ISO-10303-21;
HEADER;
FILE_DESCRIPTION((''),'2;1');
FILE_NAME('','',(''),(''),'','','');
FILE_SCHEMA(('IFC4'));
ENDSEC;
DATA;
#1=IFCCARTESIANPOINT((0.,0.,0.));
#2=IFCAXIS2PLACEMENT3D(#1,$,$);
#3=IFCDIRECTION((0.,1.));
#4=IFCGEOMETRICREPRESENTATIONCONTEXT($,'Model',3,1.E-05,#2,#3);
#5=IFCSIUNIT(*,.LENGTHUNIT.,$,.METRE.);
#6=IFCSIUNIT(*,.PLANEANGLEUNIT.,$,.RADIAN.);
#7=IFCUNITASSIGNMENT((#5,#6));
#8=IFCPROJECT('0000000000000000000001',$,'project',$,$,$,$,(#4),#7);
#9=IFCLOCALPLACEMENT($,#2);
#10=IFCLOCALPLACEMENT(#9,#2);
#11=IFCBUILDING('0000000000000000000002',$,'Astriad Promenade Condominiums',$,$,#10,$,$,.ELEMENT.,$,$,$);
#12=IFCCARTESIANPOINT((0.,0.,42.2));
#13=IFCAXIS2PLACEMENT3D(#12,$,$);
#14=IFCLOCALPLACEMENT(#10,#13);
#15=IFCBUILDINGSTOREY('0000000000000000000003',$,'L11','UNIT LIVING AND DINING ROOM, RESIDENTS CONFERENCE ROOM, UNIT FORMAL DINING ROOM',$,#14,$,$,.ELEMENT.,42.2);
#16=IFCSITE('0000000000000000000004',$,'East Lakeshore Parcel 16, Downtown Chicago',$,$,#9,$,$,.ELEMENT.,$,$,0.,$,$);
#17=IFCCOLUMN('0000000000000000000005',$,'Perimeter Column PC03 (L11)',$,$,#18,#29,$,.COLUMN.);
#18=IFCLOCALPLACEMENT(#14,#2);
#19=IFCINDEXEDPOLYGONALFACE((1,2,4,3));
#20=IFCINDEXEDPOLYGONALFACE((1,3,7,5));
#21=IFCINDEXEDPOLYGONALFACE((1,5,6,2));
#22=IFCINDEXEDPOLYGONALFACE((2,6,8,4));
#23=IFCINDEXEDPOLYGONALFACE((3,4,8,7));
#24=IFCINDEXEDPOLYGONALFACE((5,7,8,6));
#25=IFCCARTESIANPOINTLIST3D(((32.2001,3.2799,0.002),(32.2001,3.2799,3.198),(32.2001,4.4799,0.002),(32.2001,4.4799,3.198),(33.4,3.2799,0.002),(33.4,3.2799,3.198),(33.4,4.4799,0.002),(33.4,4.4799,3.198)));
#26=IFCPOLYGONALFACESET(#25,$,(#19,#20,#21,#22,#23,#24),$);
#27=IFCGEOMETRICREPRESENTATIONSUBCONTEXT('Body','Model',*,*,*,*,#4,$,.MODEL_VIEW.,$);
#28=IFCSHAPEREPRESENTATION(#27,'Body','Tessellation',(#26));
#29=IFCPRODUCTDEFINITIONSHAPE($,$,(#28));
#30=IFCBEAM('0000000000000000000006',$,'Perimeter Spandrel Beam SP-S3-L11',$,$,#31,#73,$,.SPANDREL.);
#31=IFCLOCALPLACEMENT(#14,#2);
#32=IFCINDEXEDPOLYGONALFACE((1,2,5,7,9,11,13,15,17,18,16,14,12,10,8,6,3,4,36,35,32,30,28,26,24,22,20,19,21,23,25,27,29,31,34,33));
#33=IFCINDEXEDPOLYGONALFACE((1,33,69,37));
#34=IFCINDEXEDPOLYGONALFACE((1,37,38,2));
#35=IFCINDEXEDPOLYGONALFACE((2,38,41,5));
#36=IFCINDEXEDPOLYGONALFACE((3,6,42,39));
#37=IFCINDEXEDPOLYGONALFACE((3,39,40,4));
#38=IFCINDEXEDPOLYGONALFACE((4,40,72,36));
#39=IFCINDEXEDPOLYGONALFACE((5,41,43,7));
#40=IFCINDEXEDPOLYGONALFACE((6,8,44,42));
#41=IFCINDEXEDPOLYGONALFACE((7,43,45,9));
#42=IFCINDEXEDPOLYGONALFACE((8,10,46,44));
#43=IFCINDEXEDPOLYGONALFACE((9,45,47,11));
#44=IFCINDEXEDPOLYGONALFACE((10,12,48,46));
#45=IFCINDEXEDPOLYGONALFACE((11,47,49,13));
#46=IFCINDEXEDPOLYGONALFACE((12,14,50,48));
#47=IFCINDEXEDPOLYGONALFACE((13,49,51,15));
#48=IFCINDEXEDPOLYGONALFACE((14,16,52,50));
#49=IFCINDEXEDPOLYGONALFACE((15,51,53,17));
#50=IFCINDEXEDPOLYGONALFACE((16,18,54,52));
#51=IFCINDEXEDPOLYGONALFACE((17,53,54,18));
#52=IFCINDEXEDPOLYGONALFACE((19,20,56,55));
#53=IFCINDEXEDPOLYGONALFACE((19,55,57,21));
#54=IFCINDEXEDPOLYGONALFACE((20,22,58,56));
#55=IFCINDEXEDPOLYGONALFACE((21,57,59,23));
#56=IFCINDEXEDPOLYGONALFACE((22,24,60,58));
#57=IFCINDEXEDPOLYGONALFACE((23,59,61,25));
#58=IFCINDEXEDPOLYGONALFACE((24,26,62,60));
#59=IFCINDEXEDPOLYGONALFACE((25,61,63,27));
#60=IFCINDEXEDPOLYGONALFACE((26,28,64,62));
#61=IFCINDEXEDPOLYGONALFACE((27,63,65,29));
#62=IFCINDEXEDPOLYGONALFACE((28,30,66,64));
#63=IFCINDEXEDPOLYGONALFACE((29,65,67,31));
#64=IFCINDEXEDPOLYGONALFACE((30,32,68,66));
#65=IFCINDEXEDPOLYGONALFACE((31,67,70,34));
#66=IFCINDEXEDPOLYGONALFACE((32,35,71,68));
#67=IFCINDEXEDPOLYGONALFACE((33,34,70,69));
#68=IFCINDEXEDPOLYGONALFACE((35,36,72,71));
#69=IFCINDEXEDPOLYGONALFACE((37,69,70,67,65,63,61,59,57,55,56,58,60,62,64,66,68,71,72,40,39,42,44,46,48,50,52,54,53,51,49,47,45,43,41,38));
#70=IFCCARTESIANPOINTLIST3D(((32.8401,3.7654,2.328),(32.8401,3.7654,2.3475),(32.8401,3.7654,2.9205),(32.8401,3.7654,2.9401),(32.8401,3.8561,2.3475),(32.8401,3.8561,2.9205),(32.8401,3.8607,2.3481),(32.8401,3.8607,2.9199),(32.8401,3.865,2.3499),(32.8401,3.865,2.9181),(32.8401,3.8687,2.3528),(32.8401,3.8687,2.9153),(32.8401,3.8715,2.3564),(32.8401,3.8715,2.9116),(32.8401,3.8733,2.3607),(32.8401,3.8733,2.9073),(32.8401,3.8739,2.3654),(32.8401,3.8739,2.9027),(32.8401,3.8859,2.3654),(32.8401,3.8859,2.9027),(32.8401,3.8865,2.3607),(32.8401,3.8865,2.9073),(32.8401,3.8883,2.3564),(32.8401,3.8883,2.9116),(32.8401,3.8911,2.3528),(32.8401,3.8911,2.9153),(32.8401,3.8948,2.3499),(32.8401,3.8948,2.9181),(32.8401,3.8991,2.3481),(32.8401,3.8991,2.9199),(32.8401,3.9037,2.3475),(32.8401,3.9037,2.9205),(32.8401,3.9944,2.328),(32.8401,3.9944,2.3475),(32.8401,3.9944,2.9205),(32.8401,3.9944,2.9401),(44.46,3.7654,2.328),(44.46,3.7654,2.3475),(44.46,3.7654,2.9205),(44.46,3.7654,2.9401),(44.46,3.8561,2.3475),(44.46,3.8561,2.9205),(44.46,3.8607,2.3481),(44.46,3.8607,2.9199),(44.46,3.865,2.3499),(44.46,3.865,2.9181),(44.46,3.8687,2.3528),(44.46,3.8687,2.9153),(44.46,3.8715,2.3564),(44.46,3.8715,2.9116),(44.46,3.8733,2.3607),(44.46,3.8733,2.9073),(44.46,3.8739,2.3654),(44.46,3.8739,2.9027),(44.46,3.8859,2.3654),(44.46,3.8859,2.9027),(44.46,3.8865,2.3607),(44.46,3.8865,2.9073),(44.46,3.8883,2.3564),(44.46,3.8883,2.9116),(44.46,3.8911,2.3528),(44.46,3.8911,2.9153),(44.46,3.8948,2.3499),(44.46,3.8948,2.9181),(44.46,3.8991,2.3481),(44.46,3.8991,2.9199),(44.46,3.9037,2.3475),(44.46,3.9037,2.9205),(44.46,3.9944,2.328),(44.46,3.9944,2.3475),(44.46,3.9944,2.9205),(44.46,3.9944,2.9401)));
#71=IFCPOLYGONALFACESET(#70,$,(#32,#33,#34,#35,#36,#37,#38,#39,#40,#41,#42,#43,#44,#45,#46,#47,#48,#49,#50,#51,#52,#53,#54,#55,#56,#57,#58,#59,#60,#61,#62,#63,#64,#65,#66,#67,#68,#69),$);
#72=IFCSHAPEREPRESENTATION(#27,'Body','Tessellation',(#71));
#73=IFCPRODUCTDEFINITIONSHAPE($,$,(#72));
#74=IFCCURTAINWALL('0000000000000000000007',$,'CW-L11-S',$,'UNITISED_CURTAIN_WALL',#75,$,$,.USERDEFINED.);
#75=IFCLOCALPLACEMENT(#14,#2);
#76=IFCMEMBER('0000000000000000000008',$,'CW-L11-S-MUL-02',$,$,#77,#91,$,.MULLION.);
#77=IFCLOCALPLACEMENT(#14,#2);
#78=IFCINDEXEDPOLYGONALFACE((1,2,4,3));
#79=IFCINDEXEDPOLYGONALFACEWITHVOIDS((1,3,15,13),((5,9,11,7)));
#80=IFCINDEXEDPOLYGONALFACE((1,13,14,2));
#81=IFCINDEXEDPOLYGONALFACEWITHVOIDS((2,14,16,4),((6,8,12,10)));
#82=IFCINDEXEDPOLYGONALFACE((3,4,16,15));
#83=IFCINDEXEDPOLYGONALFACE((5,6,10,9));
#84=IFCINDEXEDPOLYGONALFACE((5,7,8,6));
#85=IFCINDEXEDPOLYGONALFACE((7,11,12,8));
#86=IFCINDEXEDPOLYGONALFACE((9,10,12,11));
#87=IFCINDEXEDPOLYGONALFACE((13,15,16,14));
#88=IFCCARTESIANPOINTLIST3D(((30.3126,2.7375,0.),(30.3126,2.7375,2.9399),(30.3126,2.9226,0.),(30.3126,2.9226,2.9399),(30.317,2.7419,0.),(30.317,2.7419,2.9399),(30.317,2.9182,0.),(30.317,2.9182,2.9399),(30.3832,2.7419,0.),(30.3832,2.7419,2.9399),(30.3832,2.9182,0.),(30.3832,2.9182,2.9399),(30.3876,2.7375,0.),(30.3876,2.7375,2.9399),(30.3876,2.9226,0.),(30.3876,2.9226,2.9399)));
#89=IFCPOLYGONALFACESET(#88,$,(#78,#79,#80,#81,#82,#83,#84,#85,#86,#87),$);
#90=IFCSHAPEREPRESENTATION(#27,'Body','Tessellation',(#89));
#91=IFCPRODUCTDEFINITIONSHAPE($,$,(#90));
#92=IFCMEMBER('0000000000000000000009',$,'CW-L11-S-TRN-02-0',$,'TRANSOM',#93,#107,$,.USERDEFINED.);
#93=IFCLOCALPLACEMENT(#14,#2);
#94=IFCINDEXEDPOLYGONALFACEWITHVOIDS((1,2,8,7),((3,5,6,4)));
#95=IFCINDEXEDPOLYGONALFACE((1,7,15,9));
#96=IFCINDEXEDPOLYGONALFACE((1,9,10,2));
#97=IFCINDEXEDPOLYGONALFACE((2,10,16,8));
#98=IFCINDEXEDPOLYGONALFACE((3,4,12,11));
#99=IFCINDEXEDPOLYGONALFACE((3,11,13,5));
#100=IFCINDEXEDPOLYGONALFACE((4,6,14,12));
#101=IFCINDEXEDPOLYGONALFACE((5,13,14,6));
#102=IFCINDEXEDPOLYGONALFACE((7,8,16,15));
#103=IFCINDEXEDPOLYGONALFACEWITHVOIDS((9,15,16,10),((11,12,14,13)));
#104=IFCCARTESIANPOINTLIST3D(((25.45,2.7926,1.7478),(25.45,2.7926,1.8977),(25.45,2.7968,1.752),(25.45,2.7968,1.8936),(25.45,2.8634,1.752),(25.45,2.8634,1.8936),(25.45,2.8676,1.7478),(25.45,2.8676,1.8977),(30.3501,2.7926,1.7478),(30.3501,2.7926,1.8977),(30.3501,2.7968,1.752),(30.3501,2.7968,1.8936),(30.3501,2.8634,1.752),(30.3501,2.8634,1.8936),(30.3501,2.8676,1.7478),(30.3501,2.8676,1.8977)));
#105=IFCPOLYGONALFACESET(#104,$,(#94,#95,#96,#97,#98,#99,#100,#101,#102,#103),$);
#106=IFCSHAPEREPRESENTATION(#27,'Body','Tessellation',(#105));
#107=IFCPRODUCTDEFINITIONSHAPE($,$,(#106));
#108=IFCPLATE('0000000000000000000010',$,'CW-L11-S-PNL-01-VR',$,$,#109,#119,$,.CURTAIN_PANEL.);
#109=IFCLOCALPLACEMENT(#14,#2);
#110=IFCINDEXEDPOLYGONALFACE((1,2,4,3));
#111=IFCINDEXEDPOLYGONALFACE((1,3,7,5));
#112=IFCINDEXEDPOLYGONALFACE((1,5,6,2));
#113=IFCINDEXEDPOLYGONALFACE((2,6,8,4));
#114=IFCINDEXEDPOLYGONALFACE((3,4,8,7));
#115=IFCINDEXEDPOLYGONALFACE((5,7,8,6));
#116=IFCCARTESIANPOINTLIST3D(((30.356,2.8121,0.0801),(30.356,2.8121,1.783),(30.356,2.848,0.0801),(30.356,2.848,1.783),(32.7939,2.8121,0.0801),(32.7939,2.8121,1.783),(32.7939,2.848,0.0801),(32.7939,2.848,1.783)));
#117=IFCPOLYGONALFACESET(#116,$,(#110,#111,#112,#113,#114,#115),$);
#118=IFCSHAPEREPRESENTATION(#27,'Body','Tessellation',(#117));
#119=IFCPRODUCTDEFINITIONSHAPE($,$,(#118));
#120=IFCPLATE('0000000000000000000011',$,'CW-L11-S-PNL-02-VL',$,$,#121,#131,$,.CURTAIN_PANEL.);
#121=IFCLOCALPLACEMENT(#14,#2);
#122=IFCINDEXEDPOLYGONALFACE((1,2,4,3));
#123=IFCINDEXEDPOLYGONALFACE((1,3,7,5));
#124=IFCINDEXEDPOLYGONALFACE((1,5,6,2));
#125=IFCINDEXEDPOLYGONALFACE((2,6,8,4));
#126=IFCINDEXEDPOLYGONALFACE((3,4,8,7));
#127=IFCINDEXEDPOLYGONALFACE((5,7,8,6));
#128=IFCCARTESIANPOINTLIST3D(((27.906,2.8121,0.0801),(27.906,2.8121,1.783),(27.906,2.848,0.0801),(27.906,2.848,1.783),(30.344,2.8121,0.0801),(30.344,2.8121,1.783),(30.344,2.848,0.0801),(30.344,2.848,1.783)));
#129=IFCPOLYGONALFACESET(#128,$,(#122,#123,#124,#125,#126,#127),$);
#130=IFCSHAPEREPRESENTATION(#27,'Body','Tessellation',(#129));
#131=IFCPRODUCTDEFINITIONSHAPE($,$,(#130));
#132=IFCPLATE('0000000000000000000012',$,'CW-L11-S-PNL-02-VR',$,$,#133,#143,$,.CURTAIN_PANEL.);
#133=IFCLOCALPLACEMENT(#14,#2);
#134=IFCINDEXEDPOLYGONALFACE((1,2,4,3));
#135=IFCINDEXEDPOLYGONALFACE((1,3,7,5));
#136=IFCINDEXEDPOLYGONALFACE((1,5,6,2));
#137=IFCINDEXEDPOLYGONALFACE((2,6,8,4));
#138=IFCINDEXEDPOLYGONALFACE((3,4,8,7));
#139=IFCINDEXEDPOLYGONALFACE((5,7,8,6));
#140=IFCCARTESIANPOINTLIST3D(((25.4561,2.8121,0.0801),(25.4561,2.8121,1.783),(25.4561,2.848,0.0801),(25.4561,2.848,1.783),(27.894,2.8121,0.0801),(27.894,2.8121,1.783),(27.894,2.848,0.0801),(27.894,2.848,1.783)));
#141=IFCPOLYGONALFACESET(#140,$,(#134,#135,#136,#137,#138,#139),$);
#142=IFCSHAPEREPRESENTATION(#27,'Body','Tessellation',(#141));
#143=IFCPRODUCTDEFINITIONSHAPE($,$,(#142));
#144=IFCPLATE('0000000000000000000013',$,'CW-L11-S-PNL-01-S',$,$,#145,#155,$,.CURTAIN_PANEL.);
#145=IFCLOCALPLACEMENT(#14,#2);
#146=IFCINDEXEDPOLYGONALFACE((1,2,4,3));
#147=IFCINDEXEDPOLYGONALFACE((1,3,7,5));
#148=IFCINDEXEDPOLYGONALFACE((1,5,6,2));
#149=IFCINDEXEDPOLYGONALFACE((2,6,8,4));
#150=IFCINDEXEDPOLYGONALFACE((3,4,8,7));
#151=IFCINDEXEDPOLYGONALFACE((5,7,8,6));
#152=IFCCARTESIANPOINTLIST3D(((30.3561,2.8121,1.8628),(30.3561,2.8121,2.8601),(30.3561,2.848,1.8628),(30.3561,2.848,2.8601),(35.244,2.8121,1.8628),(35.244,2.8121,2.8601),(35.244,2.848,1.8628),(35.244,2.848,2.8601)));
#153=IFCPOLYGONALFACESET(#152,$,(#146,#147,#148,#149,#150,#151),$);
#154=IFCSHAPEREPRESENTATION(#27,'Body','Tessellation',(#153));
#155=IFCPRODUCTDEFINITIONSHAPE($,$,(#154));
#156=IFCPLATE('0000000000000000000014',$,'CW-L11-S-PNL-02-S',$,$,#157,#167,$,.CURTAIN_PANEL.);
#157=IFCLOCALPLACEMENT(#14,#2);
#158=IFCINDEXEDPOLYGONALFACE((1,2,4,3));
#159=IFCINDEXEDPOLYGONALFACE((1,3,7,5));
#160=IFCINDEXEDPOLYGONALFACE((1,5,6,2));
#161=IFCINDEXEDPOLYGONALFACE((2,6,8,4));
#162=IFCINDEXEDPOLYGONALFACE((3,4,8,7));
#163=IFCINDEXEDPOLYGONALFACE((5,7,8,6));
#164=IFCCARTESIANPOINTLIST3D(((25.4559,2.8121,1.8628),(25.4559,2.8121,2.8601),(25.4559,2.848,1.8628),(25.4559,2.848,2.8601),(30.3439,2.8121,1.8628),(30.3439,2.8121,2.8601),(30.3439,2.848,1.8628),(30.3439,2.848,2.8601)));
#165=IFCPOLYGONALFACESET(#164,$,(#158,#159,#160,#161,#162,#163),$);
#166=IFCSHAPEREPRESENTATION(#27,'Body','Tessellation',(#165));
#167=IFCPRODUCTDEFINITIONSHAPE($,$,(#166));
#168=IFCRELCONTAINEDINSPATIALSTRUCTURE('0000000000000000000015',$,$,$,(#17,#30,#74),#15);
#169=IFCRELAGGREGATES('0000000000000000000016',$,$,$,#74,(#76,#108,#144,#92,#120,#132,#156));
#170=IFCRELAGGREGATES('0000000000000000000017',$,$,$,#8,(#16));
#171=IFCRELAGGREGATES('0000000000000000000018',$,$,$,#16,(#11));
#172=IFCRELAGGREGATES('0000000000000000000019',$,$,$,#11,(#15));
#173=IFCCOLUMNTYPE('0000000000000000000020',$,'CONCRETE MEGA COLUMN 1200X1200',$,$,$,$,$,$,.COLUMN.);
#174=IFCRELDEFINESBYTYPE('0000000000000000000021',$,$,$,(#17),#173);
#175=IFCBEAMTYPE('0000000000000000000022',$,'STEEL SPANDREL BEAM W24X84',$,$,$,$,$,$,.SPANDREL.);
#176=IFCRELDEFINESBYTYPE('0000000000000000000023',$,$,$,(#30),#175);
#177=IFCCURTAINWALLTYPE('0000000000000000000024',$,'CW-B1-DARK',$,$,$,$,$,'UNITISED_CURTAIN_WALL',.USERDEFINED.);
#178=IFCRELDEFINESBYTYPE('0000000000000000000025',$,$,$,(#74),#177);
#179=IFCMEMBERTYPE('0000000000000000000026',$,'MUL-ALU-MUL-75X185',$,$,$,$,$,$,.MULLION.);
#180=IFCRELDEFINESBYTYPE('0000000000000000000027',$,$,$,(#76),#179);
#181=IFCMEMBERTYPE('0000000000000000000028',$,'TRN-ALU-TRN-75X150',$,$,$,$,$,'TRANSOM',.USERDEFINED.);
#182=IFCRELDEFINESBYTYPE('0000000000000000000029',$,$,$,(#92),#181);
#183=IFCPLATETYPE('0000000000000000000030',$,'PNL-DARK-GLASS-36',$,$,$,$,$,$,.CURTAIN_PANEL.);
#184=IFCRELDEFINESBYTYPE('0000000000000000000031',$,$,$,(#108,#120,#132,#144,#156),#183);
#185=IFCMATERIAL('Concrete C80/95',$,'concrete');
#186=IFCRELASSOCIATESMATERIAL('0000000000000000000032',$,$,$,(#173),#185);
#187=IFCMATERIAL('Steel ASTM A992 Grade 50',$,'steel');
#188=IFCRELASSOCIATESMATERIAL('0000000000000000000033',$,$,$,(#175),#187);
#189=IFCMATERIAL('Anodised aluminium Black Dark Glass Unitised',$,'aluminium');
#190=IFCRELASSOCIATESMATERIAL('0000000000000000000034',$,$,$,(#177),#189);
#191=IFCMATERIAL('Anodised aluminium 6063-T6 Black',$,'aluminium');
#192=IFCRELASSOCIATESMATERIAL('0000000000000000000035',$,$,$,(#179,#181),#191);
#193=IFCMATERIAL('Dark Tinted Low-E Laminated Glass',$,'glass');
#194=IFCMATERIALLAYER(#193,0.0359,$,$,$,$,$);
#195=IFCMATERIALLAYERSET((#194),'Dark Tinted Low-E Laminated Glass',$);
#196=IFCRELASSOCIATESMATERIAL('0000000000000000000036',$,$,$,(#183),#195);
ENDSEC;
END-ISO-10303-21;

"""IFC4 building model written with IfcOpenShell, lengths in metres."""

from ifc_helpers import new_model, si_unit, direction, frame, origin, origin_2d, place, context, subcontext, project, spatial, rectangle, hollow_rectangle, i_section, extrude, source, transform, mapped, material, layer, layer_set, material_profile, profile_set, type_object, type_shapes, element, aggregate, save


model = new_model("IFC4")

# Units and contexts
model_context = context("Model", 3, precision=1e-05, world=origin(), true_north=direction((0.0, 1.0)))
body_context = subcontext(model_context, "Body", "Model", "MODEL_VIEW")
ifc_project = project(units=[si_unit("LENGTHUNIT", "METRE"), si_unit("PLANEANGLEUNIT", "RADIAN")], contexts=[model_context])

# Site, building, storey
site_placement = place(None, origin())
site = spatial("IfcSite", under=ifc_project, at=site_placement, Name="East Lakeshore Parcel 16, Downtown Chicago", CompositionType="ELEMENT", RefElevation=0.0)
building_placement = place(site_placement, origin())
building = spatial("IfcBuilding", under=site, at=building_placement, Name="Astriad Promenade Condominiums", CompositionType="ELEMENT")
storey_placement = place(building_placement, frame((0.0, 0.0, 42.2)))
storey = spatial("IfcBuildingStorey", under=building, at=storey_placement, Name="L11", Description="UNIT LIVING AND DINING ROOM, RESIDENTS CONFERENCE ROOM, UNIT FORMAL DINING ROOM", CompositionType="ELEMENT", Elevation=42.2)

# Column
ifc_material_1 = material(Name="Concrete C80/95", Category="concrete")
ifc_material_profile_1 = material_profile(ifc_material_1, rectangle(XDim=1.2, YDim=1.2, at=origin_2d()), Name="RC-COL-1200X1200")
ifc_profile_set_1 = profile_set([ifc_material_profile_1], Name="Concrete C80/95")
column_type = type_object("IfcColumnType", Name="CONCRETE MEGA COLUMN 1200X1200", PredefinedType="COLUMN", material=ifc_profile_set_1)
shared_shape_1 = source(origin(), body_context, "Body", "SweptSolid", [
    extrude(rectangle(XDim=1.2, YDim=1.2, at=origin_2d()), origin(), (0.0, 0.0, 1.0), 3.196),
])
type_shapes(column_type, [shared_shape_1])
column_placement = place(storey_placement, frame((32.8, 3.8799, 0.002), z_axis=(0.0, 0.0, 1.0), x_axis=(1.0, 0.0, 0.0)))
element("IfcColumn", 1, at=column_placement, inside=storey, type_object=column_type, Name="Perimeter Column PC03 (L11)", PredefinedType="COLUMN", context=body_context, shape_type="MappedRepresentation", body=[
    mapped(shared_shape_1, transform((0.0, 0.0, 0.0), scale=1.0)),
])

# Beam
ifc_material_2 = material(Name="Steel ASTM A992 Grade 50", Category="steel")
ifc_material_profile_2 = material_profile(ifc_material_2, i_section(OverallWidth=0.229, OverallDepth=0.6121, WebThickness=0.012, FlangeThickness=0.0195, FilletRadius=0.0178, at=origin_2d()), Name="W24X84")
ifc_profile_set_2 = profile_set([ifc_material_profile_2], Name="Steel ASTM A992 Grade 50")
beam_type = type_object("IfcBeamType", Name="STEEL SPANDREL BEAM W24X84", PredefinedType="SPANDREL", material=ifc_profile_set_2)
shared_shape_2 = source(origin(), body_context, "Body", "SweptSolid", [
    extrude(i_section(OverallWidth=0.229, OverallDepth=0.6121, WebThickness=0.012, FlangeThickness=0.0195, FilletRadius=0.0178, at=origin_2d()), origin(), (0.0, 0.0, 1.0), 11.6199),
])
type_shapes(beam_type, [shared_shape_2])
beam_placement = place(storey_placement, frame((32.8401, 3.8799, 2.634), z_axis=(1.0, 0.0, 0.0), x_axis=(0.0, 1.0, 0.0)))
element("IfcBeam", 2, at=beam_placement, inside=storey, type_object=beam_type, Name="Perimeter Spandrel Beam SP-S3-L11", PredefinedType="SPANDREL", context=body_context, shape_type="MappedRepresentation", body=[
    mapped(shared_shape_2, transform((0.0, 0.0, 0.0), scale=1.0)),
])

# Curtain wall, members, plates
ifc_material_3 = material(Name="Anodised aluminium Black Dark Glass Unitised", Category="aluminium")
curtain_wall_type = type_object("IfcCurtainWallType", Name="CW-B1-DARK", ElementType="UNITISED_CURTAIN_WALL", PredefinedType="USERDEFINED", material=ifc_material_3)
curtain_wall_placement = place(storey_placement, origin())
curtain_wall = element("IfcCurtainWall", 3, at=curtain_wall_placement, inside=storey, type_object=curtain_wall_type, Name="CW-L11-S", ObjectType="UNITISED_CURTAIN_WALL", PredefinedType="USERDEFINED")
ifc_material_4 = material(Name="Anodised aluminium 6063-T6 Black", Category="aluminium")
ifc_material_profile_3 = material_profile(ifc_material_4, hollow_rectangle(XDim=0.075, YDim=0.1851, WallThickness=0.0044, at=origin_2d()), Name="ALU-MUL-75X185")
ifc_profile_set_3 = profile_set([ifc_material_profile_3], Name="Anodised aluminium 6063-T6 Black")
member_type_1 = type_object("IfcMemberType", Name="MUL-ALU-MUL-75X185", PredefinedType="MULLION", material=ifc_profile_set_3)
shared_shape_3 = source(origin(), body_context, "Body", "SweptSolid", [
    extrude(hollow_rectangle(XDim=0.075, YDim=0.1851, WallThickness=0.0044, at=origin_2d()), origin(), (0.0, 0.0, 1.0), 2.9399),
])
type_shapes(member_type_1, [shared_shape_3])
member_1_placement = place(storey_placement, frame((30.3501, 2.8301, 0.0), z_axis=(0.0, 0.0, 1.0), x_axis=(1.0, 0.0, 0.0)))
member_1 = element("IfcMember", 4, at=member_1_placement, type_object=member_type_1, Name="CW-L11-S-MUL-02", PredefinedType="MULLION", context=body_context, shape_type="MappedRepresentation", body=[
    mapped(shared_shape_3, transform((0.0, 0.0, 0.0), scale=1.0)),
])
ifc_material_profile_4 = material_profile(ifc_material_4, hollow_rectangle(XDim=0.075, YDim=0.1499, WallThickness=0.0042, at=origin_2d()), Name="ALU-TRN-75X150")
ifc_profile_set_4 = profile_set([ifc_material_profile_4], Name="Anodised aluminium 6063-T6 Black")
member_type_2 = type_object("IfcMemberType", Name="TRN-ALU-TRN-75X150", ElementType="TRANSOM", PredefinedType="USERDEFINED", material=ifc_profile_set_4)
shared_shape_4 = source(origin(), body_context, "Body", "SweptSolid", [
    extrude(hollow_rectangle(XDim=0.075, YDim=0.1499, WallThickness=0.0042, at=origin_2d()), origin(), (0.0, 0.0, 1.0), 4.9001),
])
type_shapes(member_type_2, [shared_shape_4])
member_2_placement = place(storey_placement, frame((30.3501, 2.8301, 1.8228), z_axis=(-1.0, 0.0, 0.0), x_axis=(0.0, -1.0, 0.0)))
member_2 = element("IfcMember", 5, at=member_2_placement, type_object=member_type_2, Name="CW-L11-S-TRN-02-0", ObjectType="TRANSOM", PredefinedType="USERDEFINED", context=body_context, shape_type="MappedRepresentation", body=[
    mapped(shared_shape_4, transform((0.0, 0.0, 0.0), scale=1.0)),
])
ifc_material_5 = material(Name="Dark Tinted Low-E Laminated Glass", Category="glass")
ifc_layer_1 = layer(ifc_material_5, 0.0359)
ifc_layer_set_1 = layer_set([ifc_layer_1], Name="Dark Tinted Low-E Laminated Glass")
plate_type = type_object("IfcPlateType", Name="PNL-DARK-GLASS-36", PredefinedType="CURTAIN_PANEL", material=ifc_layer_set_1)
shared_shape_5 = source(origin(), body_context, "Body", "SweptSolid", [
    extrude(rectangle(XDim=2.438, YDim=0.0359, at=origin_2d()), origin(), (0.0, 0.0, 1.0), 1.7029),
])
plate_1_placement = place(storey_placement, frame((31.575, 2.8301, 0.0801), z_axis=(0.0, 0.0, 1.0), x_axis=(-1.0, 0.0, 0.0)))
plate_1 = element("IfcPlate", 6, at=plate_1_placement, type_object=plate_type, Name="CW-L11-S-PNL-01-VR", PredefinedType="CURTAIN_PANEL", context=body_context, shape_type="MappedRepresentation", body=[
    mapped(shared_shape_5, transform((0.0, 0.0, 0.0), scale=1.0)),
])
plate_2_placement = place(storey_placement, frame((29.125, 2.8301, 0.0801), z_axis=(0.0, 0.0, 1.0), x_axis=(-1.0, 0.0, 0.0)))
plate_2 = element("IfcPlate", 7, at=plate_2_placement, type_object=plate_type, Name="CW-L11-S-PNL-02-VL", PredefinedType="CURTAIN_PANEL", context=body_context, shape_type="MappedRepresentation", body=[
    mapped(shared_shape_5, transform((0.0, 0.0, 0.0), scale=1.0)),
])
plate_3_placement = place(storey_placement, frame((26.675, 2.8301, 0.0801), z_axis=(0.0, 0.0, 1.0), x_axis=(-1.0, 0.0, 0.0)))
plate_3 = element("IfcPlate", 8, at=plate_3_placement, type_object=plate_type, Name="CW-L11-S-PNL-02-VR", PredefinedType="CURTAIN_PANEL", context=body_context, shape_type="MappedRepresentation", body=[
    mapped(shared_shape_5, transform((0.0, 0.0, 0.0), scale=1.0)),
])
shared_shape_6 = source(origin(), body_context, "Body", "SweptSolid", [
    extrude(rectangle(XDim=4.8879, YDim=0.0359, at=origin_2d()), origin(), (0.0, 0.0, 1.0), 0.9973),
])
type_shapes(plate_type, [shared_shape_5, shared_shape_6])
plate_4_placement = place(storey_placement, frame((32.8, 2.8301, 1.8628), z_axis=(0.0, 0.0, 1.0), x_axis=(-1.0, 0.0, 0.0)))
plate_4 = element("IfcPlate", 9, at=plate_4_placement, type_object=plate_type, Name="CW-L11-S-PNL-01-S", PredefinedType="CURTAIN_PANEL", context=body_context, shape_type="MappedRepresentation", body=[
    mapped(shared_shape_6, transform((0.0, 0.0, 0.0), scale=1.0)),
])
plate_5_placement = place(storey_placement, frame((27.8999, 2.8301, 1.8628), z_axis=(0.0, 0.0, 1.0), x_axis=(-1.0, 0.0, 0.0)))
plate_5 = element("IfcPlate", 10, at=plate_5_placement, type_object=plate_type, Name="CW-L11-S-PNL-02-S", PredefinedType="CURTAIN_PANEL", context=body_context, shape_type="MappedRepresentation", body=[
    mapped(shared_shape_6, transform((0.0, 0.0, 0.0), scale=1.0)),
])
aggregate(curtain_wall, [member_1, plate_1, plate_4, member_2, plate_2, plate_3, plate_5])

save(model, "model.ifc")
